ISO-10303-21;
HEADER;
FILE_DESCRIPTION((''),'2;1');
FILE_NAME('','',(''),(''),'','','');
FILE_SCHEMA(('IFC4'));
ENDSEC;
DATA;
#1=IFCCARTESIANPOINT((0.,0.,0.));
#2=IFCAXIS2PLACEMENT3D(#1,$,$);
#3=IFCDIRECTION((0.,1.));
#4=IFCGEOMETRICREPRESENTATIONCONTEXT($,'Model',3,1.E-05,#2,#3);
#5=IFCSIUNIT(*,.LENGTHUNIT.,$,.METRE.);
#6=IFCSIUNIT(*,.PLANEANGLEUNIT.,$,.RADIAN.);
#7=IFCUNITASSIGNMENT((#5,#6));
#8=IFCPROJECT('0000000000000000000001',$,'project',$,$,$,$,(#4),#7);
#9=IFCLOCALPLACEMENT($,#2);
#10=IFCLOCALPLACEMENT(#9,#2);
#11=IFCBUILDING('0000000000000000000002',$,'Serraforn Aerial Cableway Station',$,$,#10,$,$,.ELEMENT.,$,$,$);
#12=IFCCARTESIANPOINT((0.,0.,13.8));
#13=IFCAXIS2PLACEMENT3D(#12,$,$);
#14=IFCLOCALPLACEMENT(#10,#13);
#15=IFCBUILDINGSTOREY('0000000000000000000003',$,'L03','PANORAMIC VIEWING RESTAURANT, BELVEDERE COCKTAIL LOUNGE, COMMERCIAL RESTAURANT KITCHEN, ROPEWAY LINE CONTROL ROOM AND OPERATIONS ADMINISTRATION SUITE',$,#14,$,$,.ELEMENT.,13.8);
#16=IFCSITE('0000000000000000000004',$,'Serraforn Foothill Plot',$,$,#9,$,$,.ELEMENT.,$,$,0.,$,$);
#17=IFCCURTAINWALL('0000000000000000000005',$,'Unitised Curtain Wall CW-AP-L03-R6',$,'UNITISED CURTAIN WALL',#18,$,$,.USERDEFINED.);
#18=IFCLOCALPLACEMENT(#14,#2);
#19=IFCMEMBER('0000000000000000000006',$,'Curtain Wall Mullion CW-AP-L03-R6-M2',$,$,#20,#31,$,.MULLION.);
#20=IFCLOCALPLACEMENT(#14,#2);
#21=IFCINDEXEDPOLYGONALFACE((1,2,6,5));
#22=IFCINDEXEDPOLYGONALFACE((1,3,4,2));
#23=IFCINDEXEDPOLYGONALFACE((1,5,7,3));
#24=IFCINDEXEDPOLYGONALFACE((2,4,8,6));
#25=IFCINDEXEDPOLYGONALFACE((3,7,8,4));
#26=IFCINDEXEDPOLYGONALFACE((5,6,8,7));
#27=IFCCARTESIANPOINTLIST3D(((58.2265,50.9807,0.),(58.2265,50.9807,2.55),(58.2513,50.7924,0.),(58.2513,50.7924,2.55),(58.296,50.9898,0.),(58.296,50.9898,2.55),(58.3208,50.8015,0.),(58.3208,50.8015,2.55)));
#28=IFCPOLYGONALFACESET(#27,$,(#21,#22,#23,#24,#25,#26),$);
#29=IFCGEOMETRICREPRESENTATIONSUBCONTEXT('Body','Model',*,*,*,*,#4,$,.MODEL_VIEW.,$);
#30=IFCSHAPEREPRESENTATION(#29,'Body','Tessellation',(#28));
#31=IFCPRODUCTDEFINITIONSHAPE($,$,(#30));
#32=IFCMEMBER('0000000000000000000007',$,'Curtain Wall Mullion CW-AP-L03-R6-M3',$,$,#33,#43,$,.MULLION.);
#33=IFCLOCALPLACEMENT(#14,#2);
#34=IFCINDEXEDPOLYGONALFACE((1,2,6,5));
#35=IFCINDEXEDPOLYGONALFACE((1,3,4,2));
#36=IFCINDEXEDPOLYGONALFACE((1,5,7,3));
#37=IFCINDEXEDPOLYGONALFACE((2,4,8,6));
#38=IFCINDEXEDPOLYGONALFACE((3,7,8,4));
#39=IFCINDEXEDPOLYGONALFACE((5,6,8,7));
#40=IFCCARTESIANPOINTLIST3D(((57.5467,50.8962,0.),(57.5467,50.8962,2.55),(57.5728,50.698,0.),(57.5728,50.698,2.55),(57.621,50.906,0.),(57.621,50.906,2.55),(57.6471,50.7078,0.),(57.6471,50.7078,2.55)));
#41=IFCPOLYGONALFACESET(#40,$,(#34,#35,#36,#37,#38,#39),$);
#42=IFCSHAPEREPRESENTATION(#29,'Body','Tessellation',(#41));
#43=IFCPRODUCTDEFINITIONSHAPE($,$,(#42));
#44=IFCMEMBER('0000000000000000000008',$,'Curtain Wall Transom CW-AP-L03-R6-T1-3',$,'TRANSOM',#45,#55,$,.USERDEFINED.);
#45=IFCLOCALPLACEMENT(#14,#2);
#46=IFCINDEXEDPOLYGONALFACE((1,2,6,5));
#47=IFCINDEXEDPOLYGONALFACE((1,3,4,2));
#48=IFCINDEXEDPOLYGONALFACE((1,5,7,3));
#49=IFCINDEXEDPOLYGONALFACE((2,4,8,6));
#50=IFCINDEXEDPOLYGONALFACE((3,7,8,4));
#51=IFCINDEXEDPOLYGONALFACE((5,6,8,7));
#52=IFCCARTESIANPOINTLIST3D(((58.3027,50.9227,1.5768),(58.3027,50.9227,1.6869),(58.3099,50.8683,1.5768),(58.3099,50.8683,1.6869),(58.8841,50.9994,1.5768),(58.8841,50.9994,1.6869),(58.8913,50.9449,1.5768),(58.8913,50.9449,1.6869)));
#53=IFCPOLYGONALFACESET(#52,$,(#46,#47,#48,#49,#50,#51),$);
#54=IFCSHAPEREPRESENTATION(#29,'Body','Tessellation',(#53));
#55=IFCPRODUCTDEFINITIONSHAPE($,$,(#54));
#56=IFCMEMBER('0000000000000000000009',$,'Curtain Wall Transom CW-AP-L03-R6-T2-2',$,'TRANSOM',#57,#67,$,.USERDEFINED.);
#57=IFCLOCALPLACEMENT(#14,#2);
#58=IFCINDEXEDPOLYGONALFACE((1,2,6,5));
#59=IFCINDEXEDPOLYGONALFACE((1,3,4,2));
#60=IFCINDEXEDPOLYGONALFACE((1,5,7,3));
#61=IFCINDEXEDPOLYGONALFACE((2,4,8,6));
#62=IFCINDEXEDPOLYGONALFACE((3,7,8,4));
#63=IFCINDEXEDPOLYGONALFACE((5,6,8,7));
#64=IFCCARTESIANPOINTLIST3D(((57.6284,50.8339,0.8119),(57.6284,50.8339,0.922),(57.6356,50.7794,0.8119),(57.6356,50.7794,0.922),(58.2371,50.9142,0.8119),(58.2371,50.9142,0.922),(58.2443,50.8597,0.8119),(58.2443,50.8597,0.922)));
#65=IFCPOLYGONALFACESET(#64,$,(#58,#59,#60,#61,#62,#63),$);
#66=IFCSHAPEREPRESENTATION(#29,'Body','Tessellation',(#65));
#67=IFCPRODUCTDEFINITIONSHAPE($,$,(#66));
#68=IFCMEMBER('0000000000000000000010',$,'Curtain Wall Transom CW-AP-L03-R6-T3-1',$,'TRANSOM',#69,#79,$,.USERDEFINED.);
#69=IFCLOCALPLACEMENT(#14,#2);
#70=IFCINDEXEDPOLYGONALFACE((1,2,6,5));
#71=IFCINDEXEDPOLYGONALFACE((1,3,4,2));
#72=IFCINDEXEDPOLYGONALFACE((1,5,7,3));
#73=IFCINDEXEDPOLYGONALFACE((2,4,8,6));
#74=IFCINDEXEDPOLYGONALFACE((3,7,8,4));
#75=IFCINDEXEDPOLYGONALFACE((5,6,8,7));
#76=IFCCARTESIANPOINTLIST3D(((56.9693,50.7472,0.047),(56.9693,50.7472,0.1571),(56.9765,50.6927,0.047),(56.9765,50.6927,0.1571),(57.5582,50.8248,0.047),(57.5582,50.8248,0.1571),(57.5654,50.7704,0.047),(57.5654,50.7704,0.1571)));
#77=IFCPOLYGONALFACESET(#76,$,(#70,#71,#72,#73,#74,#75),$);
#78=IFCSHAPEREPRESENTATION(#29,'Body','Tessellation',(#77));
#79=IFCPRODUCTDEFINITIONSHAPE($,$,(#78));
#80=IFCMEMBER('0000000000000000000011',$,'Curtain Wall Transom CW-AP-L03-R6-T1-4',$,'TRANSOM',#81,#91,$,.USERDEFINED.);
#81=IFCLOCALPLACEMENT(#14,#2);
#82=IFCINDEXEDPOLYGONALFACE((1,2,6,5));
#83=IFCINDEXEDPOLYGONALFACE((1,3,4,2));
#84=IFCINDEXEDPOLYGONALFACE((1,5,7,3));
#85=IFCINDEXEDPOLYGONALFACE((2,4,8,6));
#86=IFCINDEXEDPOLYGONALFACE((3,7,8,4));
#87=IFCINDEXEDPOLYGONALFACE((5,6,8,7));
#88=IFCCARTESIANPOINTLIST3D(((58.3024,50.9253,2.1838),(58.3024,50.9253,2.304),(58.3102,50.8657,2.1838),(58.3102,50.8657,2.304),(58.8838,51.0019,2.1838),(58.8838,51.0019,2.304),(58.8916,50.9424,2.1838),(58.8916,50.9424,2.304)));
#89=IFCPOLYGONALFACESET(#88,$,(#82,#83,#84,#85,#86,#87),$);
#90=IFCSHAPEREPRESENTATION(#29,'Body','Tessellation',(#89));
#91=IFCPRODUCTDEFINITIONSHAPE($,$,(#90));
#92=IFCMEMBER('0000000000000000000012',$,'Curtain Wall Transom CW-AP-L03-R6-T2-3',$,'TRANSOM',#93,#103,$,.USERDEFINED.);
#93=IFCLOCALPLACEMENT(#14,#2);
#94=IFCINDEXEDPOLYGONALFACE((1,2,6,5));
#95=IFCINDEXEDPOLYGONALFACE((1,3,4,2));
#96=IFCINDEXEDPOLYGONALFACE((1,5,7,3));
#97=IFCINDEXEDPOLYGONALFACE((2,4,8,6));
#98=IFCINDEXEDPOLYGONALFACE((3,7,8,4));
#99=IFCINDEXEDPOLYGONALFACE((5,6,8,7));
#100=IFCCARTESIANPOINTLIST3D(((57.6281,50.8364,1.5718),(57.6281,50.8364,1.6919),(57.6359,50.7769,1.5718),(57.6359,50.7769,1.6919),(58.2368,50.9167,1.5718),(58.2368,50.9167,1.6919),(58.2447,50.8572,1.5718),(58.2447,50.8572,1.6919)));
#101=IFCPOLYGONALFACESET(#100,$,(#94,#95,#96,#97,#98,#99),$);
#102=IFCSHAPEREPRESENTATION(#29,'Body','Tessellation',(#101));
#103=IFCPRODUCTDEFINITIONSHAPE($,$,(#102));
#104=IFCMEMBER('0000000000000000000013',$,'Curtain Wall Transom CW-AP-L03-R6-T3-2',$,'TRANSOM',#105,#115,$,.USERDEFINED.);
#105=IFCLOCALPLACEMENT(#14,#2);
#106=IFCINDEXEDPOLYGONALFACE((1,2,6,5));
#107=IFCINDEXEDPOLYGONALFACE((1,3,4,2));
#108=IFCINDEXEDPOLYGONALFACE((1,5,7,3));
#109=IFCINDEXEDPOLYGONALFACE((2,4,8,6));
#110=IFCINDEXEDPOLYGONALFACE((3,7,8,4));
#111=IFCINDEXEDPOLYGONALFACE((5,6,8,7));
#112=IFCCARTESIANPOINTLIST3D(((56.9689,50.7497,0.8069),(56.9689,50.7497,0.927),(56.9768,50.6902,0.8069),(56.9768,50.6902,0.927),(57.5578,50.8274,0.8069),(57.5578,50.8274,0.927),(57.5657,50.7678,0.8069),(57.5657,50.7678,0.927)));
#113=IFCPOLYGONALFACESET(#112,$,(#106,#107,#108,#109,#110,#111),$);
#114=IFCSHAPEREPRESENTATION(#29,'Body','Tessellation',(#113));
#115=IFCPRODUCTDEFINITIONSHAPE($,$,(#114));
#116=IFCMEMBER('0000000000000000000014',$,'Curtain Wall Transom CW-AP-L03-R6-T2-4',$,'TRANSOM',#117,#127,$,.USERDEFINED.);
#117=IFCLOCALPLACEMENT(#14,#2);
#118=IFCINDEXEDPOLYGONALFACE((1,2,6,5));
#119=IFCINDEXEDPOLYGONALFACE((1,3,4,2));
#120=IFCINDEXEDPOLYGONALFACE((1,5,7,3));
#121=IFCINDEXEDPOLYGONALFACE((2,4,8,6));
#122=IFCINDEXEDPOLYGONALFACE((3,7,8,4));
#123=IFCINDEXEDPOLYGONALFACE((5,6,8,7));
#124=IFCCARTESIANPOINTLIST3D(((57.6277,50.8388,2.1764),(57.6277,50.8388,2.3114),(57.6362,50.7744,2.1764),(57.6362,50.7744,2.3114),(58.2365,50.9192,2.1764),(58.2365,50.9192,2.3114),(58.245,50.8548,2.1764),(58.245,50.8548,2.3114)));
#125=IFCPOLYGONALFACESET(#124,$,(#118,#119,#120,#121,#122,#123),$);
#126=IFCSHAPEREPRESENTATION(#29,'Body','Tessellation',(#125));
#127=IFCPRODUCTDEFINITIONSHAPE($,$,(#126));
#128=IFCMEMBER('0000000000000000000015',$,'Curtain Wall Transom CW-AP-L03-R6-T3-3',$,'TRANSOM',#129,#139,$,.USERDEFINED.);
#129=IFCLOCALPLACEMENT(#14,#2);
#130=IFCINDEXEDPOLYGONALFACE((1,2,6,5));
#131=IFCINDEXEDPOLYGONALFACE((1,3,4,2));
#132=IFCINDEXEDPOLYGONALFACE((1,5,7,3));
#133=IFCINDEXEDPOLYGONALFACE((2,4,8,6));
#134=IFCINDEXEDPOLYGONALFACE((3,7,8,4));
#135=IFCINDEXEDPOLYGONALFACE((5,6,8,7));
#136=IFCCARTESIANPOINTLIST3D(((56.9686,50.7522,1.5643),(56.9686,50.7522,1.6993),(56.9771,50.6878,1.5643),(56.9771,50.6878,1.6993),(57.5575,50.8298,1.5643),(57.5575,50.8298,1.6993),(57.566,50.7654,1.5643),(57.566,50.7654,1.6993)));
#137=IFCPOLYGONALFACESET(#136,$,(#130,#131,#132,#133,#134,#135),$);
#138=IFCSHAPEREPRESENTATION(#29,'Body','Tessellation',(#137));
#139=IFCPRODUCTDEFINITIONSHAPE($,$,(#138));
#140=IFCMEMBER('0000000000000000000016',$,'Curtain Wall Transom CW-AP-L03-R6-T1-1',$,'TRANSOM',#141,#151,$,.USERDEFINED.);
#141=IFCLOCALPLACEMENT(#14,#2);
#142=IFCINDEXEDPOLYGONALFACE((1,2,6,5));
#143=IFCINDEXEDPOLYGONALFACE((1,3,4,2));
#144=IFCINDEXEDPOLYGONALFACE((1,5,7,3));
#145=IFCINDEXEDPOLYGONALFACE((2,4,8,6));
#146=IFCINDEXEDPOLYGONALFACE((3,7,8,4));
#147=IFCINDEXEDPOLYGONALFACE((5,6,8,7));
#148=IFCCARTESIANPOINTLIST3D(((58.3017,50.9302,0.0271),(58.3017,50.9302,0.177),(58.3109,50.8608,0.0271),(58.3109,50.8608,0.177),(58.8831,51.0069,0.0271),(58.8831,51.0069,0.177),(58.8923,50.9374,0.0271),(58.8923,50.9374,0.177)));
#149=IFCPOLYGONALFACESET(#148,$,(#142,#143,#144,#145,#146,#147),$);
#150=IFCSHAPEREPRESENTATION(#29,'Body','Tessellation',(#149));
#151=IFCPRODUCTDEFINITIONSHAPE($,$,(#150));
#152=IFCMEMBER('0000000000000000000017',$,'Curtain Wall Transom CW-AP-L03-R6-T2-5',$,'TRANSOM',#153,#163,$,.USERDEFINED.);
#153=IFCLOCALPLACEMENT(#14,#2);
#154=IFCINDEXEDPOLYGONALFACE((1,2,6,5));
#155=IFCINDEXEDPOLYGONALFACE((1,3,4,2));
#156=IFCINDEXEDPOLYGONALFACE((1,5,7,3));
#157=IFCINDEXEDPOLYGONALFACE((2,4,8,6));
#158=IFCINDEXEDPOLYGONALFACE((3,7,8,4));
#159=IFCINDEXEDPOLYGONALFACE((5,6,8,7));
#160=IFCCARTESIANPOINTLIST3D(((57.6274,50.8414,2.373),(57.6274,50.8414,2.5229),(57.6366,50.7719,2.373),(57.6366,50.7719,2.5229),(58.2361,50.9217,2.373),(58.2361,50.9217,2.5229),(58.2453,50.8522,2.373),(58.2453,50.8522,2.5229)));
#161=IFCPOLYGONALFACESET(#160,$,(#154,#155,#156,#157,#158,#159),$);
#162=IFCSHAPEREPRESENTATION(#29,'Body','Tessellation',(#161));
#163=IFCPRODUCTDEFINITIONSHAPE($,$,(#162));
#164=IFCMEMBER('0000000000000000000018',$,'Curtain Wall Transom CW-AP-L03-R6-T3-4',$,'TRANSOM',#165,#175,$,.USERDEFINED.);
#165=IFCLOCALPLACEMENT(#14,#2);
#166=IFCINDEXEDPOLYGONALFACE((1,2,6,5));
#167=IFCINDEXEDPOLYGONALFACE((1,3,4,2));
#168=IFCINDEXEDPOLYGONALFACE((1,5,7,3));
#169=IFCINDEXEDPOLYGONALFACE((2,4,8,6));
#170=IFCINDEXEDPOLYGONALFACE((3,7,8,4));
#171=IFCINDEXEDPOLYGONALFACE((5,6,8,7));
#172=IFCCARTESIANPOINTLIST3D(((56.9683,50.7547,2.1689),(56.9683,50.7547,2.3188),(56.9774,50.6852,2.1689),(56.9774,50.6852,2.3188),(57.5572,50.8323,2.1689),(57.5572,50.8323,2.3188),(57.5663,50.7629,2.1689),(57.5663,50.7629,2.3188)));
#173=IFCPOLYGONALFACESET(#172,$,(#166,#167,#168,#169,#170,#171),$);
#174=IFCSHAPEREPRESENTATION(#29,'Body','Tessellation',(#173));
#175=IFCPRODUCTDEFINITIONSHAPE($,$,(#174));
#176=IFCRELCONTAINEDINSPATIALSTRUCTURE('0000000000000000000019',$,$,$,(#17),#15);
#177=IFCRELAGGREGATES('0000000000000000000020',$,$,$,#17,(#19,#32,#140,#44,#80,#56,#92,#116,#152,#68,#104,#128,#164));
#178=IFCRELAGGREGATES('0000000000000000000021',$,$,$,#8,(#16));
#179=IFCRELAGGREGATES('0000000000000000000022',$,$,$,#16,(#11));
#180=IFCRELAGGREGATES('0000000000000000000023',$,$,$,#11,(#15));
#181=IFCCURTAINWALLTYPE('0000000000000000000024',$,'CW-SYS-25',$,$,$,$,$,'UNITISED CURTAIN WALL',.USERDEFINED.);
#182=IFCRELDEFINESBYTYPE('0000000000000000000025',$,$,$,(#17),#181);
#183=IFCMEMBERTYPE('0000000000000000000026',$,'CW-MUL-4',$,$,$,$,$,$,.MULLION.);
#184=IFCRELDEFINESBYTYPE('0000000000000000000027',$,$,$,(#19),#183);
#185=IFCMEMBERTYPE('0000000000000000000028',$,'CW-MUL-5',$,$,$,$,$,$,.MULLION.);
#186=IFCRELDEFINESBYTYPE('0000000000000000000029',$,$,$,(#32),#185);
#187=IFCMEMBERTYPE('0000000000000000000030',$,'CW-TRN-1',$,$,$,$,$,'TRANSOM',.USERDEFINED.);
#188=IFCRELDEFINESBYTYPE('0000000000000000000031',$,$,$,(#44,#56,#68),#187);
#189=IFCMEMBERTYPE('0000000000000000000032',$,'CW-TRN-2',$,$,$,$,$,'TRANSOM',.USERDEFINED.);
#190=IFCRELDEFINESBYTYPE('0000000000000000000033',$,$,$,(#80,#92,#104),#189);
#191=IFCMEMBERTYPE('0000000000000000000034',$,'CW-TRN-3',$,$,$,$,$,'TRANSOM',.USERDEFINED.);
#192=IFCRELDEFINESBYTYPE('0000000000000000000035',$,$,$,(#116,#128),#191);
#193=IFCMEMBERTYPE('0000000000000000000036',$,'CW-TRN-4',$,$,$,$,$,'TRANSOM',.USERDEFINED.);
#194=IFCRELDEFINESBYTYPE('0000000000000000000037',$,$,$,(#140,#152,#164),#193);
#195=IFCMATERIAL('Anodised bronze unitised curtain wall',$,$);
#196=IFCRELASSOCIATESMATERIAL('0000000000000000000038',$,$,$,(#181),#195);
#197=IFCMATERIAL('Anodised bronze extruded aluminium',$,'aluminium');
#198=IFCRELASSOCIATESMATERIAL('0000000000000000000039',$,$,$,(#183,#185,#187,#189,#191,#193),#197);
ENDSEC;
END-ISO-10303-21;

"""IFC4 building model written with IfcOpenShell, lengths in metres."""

from ifc_helpers import new_model, si_unit, direction, frame, origin, origin_2d, place, context, subcontext, project, spatial, rectangle, extrude, material, material_profile, profile_set, type_object, element, aggregate, save


model = new_model("IFC4")

# Units and contexts
model_context = context("Model", 3, precision=1e-05, world=origin(), true_north=direction((0.0, 1.0)))
body_context = subcontext(model_context, "Body", "Model", "MODEL_VIEW")
ifc_project = project(units=[si_unit("LENGTHUNIT", "METRE"), si_unit("PLANEANGLEUNIT", "RADIAN")], contexts=[model_context])

# Site, building, storey
site_placement = place(None, origin())
site = spatial("IfcSite", under=ifc_project, at=site_placement, Name="Serraforn Foothill Plot", CompositionType="ELEMENT", RefElevation=0.0)
building_placement = place(site_placement, origin())
building = spatial("IfcBuilding", under=site, at=building_placement, Name="Serraforn Aerial Cableway Station", CompositionType="ELEMENT")
storey_placement = place(building_placement, frame((0.0, 0.0, 13.8)))
storey = spatial("IfcBuildingStorey", under=building, at=storey_placement, Name="L03", Description="PANORAMIC VIEWING RESTAURANT, BELVEDERE COCKTAIL LOUNGE, COMMERCIAL RESTAURANT KITCHEN, ROPEWAY LINE CONTROL ROOM AND OPERATIONS ADMINISTRATION SUITE", CompositionType="ELEMENT", Elevation=13.8)

# Curtain wall, members
ifc_material_1 = material(Name="Anodised bronze unitised curtain wall")
curtain_wall_type = type_object("IfcCurtainWallType", Name="CW-SYS-25", ElementType="UNITISED CURTAIN WALL", PredefinedType="USERDEFINED", material=ifc_material_1)
curtain_wall_placement = place(storey_placement, origin())
curtain_wall = element("IfcCurtainWall", 1, at=curtain_wall_placement, inside=storey, type_object=curtain_wall_type, Name="Unitised Curtain Wall CW-AP-L03-R6", ObjectType="UNITISED CURTAIN WALL", PredefinedType="USERDEFINED")
ifc_material_2 = material(Name="Anodised bronze extruded aluminium", Category="aluminium")
ifc_material_profile_1 = material_profile(ifc_material_2, rectangle(XDim=0.0701, YDim=0.1899, at=origin_2d()), Name="CW MULLION 70x190")
ifc_profile_set_1 = profile_set([ifc_material_profile_1], Name="Anodised bronze extruded aluminium")
member_type_1 = type_object("IfcMemberType", Name="CW-MUL-4", PredefinedType="MULLION", material=ifc_profile_set_1)
member_1_placement = place(storey_placement, frame((58.2737, 50.8911, 0.0), z_axis=(0.0, 0.0, 1.0), x_axis=(-0.991439, -0.130573, 0.0)))
member_1 = element("IfcMember", 2, at=member_1_placement, type_object=member_type_1, Name="Curtain Wall Mullion CW-AP-L03-R6-M2", PredefinedType="MULLION", context=body_context, shape_type="SweptSolid", body=[
    extrude(rectangle(XDim=0.0701, YDim=0.1899, at=origin_2d()), origin(), (0.0, 0.0, 1.0), 2.55),
])
ifc_material_profile_2 = material_profile(ifc_material_2, rectangle(XDim=0.075, YDim=0.2, at=origin_2d()), Name="CW MULLION 75x200")
ifc_profile_set_2 = profile_set([ifc_material_profile_2], Name="Anodised bronze extruded aluminium")
member_type_2 = type_object("IfcMemberType", Name="CW-MUL-5", PredefinedType="MULLION", material=ifc_profile_set_2)
member_2_placement = place(storey_placement, frame((57.5969, 50.802, 0.0), z_axis=(0.0, 0.0, 1.0), x_axis=(-0.991439, -0.130573, 0.0)))
member_2 = element("IfcMember", 3, at=member_2_placement, type_object=member_type_2, Name="Curtain Wall Mullion CW-AP-L03-R6-M3", PredefinedType="MULLION", context=body_context, shape_type="SweptSolid", body=[
    extrude(rectangle(XDim=0.075, YDim=0.2, at=origin_2d()), origin(), (0.0, 0.0, 1.0), 2.55),
])
ifc_material_profile_3 = material_profile(ifc_material_2, rectangle(XDim=0.0549, YDim=0.1101, at=origin_2d()), Name="CW TRANSOM 55x110")
ifc_profile_set_3 = profile_set([ifc_material_profile_3], Name="Anodised bronze extruded aluminium")
member_type_3 = type_object("IfcMemberType", Name="CW-TRN-1", ElementType="TRANSOM", PredefinedType="USERDEFINED", material=ifc_profile_set_3)
member_3_placement = place(storey_placement, frame((58.8877, 50.9722, 1.6318), z_axis=(-0.991416, -0.130745, 0.0), x_axis=(0.130745, -0.991416, 0.0)))
member_3 = element("IfcMember", 4, at=member_3_placement, type_object=member_type_3, Name="Curtain Wall Transom CW-AP-L03-R6-T1-3", ObjectType="TRANSOM", PredefinedType="USERDEFINED", context=body_context, shape_type="SweptSolid", body=[
    extrude(rectangle(XDim=0.0549, YDim=0.1101, at=origin_2d()), origin(), (0.0, 0.0, 1.0), 0.5864),
])
member_4_placement = place(storey_placement, frame((58.2407, 50.887, 0.8669), z_axis=(-0.991404, -0.130835, 0.0), x_axis=(0.130835, -0.991404, 0.0)))
member_4 = element("IfcMember", 5, at=member_4_placement, type_object=member_type_3, Name="Curtain Wall Transom CW-AP-L03-R6-T2-2", ObjectType="TRANSOM", PredefinedType="USERDEFINED", context=body_context, shape_type="SweptSolid", body=[
    extrude(rectangle(XDim=0.0549, YDim=0.1101, at=origin_2d()), origin(), (0.0, 0.0, 1.0), 0.614),
])
member_5_placement = place(storey_placement, frame((57.5618, 50.7976, 0.1021), z_axis=(-0.991421, -0.13071, 0.0), x_axis=(0.13071, -0.991421, 0.0)))
member_5 = element("IfcMember", 6, at=member_5_placement, type_object=member_type_3, Name="Curtain Wall Transom CW-AP-L03-R6-T3-1", ObjectType="TRANSOM", PredefinedType="USERDEFINED", context=body_context, shape_type="SweptSolid", body=[
    extrude(rectangle(XDim=0.0549, YDim=0.1101, at=origin_2d()), origin(), (0.0, 0.0, 1.0), 0.594),
])
ifc_material_profile_4 = material_profile(ifc_material_2, rectangle(XDim=0.0601, YDim=0.1201, at=origin_2d()), Name="CW TRANSOM 60x120")
ifc_profile_set_4 = profile_set([ifc_material_profile_4], Name="Anodised bronze extruded aluminium")
member_type_4 = type_object("IfcMemberType", Name="CW-TRN-2", ElementType="TRANSOM", PredefinedType="USERDEFINED", material=ifc_profile_set_4)
member_6_placement = place(storey_placement, frame((58.8877, 50.9722, 2.2439), z_axis=(-0.991416, -0.130745, 0.0), x_axis=(0.130745, -0.991416, 0.0)))
member_6 = element("IfcMember", 7, at=member_6_placement, type_object=member_type_4, Name="Curtain Wall Transom CW-AP-L03-R6-T1-4", ObjectType="TRANSOM", PredefinedType="USERDEFINED", context=body_context, shape_type="SweptSolid", body=[
    extrude(rectangle(XDim=0.0601, YDim=0.1201, at=origin_2d()), origin(), (0.0, 0.0, 1.0), 0.5864),
])
member_7_placement = place(storey_placement, frame((58.2407, 50.887, 1.6318), z_axis=(-0.991404, -0.130835, 0.0), x_axis=(0.130835, -0.991404, 0.0)))
member_7 = element("IfcMember", 8, at=member_7_placement, type_object=member_type_4, Name="Curtain Wall Transom CW-AP-L03-R6-T2-3", ObjectType="TRANSOM", PredefinedType="USERDEFINED", context=body_context, shape_type="SweptSolid", body=[
    extrude(rectangle(XDim=0.0601, YDim=0.1201, at=origin_2d()), origin(), (0.0, 0.0, 1.0), 0.614),
])
member_8_placement = place(storey_placement, frame((57.5618, 50.7976, 0.8669), z_axis=(-0.991421, -0.13071, 0.0), x_axis=(0.13071, -0.991421, 0.0)))
member_8 = element("IfcMember", 9, at=member_8_placement, type_object=member_type_4, Name="Curtain Wall Transom CW-AP-L03-R6-T3-2", ObjectType="TRANSOM", PredefinedType="USERDEFINED", context=body_context, shape_type="SweptSolid", body=[
    extrude(rectangle(XDim=0.0601, YDim=0.1201, at=origin_2d()), origin(), (0.0, 0.0, 1.0), 0.594),
])
ifc_material_profile_5 = material_profile(ifc_material_2, rectangle(XDim=0.0649, YDim=0.135, at=origin_2d()), Name="CW TRANSOM 65x135")
ifc_profile_set_5 = profile_set([ifc_material_profile_5], Name="Anodised bronze extruded aluminium")
member_type_5 = type_object("IfcMemberType", Name="CW-TRN-3", ElementType="TRANSOM", PredefinedType="USERDEFINED", material=ifc_profile_set_5)
member_9_placement = place(storey_placement, frame((58.2407, 50.887, 2.2439), z_axis=(-0.991404, -0.130835, 0.0), x_axis=(0.130835, -0.991404, 0.0)))
member_9 = element("IfcMember", 10, at=member_9_placement, type_object=member_type_5, Name="Curtain Wall Transom CW-AP-L03-R6-T2-4", ObjectType="TRANSOM", PredefinedType="USERDEFINED", context=body_context, shape_type="SweptSolid", body=[
    extrude(rectangle(XDim=0.0649, YDim=0.135, at=origin_2d()), origin(), (0.0, 0.0, 1.0), 0.614),
])
member_10_placement = place(storey_placement, frame((57.5618, 50.7976, 1.6318), z_axis=(-0.991421, -0.13071, 0.0), x_axis=(0.13071, -0.991421, 0.0)))
member_10 = element("IfcMember", 11, at=member_10_placement, type_object=member_type_5, Name="Curtain Wall Transom CW-AP-L03-R6-T3-3", ObjectType="TRANSOM", PredefinedType="USERDEFINED", context=body_context, shape_type="SweptSolid", body=[
    extrude(rectangle(XDim=0.0649, YDim=0.135, at=origin_2d()), origin(), (0.0, 0.0, 1.0), 0.594),
])
ifc_material_profile_6 = material_profile(ifc_material_2, rectangle(XDim=0.0701, YDim=0.1499, at=origin_2d()), Name="CW TRANSOM 70x150")
ifc_profile_set_6 = profile_set([ifc_material_profile_6], Name="Anodised bronze extruded aluminium")
member_type_6 = type_object("IfcMemberType", Name="CW-TRN-4", ElementType="TRANSOM", PredefinedType="USERDEFINED", material=ifc_profile_set_6)
member_11_placement = place(storey_placement, frame((58.8877, 50.9722, 0.1021), z_axis=(-0.991416, -0.130745, 0.0), x_axis=(0.130745, -0.991416, 0.0)))
member_11 = element("IfcMember", 12, at=member_11_placement, type_object=member_type_6, Name="Curtain Wall Transom CW-AP-L03-R6-T1-1", ObjectType="TRANSOM", PredefinedType="USERDEFINED", context=body_context, shape_type="SweptSolid", body=[
    extrude(rectangle(XDim=0.0701, YDim=0.1499, at=origin_2d()), origin(), (0.0, 0.0, 1.0), 0.5864),
])
member_12_placement = place(storey_placement, frame((58.2407, 50.887, 2.448), z_axis=(-0.991404, -0.130835, 0.0), x_axis=(0.130835, -0.991404, 0.0)))
member_12 = element("IfcMember", 13, at=member_12_placement, type_object=member_type_6, Name="Curtain Wall Transom CW-AP-L03-R6-T2-5", ObjectType="TRANSOM", PredefinedType="USERDEFINED", context=body_context, shape_type="SweptSolid", body=[
    extrude(rectangle(XDim=0.0701, YDim=0.1499, at=origin_2d()), origin(), (0.0, 0.0, 1.0), 0.614),
])
member_13_placement = place(storey_placement, frame((57.5618, 50.7976, 2.2439), z_axis=(-0.991421, -0.13071, 0.0), x_axis=(0.13071, -0.991421, 0.0)))
member_13 = element("IfcMember", 14, at=member_13_placement, type_object=member_type_6, Name="Curtain Wall Transom CW-AP-L03-R6-T3-4", ObjectType="TRANSOM", PredefinedType="USERDEFINED", context=body_context, shape_type="SweptSolid", body=[
    extrude(rectangle(XDim=0.0701, YDim=0.1499, at=origin_2d()), origin(), (0.0, 0.0, 1.0), 0.594),
])
aggregate(curtain_wall, [member_1, member_2, member_11, member_3, member_6, member_4, member_7, member_9, member_12, member_5, member_8, member_10, member_13])

save(model, "model.ifc")
